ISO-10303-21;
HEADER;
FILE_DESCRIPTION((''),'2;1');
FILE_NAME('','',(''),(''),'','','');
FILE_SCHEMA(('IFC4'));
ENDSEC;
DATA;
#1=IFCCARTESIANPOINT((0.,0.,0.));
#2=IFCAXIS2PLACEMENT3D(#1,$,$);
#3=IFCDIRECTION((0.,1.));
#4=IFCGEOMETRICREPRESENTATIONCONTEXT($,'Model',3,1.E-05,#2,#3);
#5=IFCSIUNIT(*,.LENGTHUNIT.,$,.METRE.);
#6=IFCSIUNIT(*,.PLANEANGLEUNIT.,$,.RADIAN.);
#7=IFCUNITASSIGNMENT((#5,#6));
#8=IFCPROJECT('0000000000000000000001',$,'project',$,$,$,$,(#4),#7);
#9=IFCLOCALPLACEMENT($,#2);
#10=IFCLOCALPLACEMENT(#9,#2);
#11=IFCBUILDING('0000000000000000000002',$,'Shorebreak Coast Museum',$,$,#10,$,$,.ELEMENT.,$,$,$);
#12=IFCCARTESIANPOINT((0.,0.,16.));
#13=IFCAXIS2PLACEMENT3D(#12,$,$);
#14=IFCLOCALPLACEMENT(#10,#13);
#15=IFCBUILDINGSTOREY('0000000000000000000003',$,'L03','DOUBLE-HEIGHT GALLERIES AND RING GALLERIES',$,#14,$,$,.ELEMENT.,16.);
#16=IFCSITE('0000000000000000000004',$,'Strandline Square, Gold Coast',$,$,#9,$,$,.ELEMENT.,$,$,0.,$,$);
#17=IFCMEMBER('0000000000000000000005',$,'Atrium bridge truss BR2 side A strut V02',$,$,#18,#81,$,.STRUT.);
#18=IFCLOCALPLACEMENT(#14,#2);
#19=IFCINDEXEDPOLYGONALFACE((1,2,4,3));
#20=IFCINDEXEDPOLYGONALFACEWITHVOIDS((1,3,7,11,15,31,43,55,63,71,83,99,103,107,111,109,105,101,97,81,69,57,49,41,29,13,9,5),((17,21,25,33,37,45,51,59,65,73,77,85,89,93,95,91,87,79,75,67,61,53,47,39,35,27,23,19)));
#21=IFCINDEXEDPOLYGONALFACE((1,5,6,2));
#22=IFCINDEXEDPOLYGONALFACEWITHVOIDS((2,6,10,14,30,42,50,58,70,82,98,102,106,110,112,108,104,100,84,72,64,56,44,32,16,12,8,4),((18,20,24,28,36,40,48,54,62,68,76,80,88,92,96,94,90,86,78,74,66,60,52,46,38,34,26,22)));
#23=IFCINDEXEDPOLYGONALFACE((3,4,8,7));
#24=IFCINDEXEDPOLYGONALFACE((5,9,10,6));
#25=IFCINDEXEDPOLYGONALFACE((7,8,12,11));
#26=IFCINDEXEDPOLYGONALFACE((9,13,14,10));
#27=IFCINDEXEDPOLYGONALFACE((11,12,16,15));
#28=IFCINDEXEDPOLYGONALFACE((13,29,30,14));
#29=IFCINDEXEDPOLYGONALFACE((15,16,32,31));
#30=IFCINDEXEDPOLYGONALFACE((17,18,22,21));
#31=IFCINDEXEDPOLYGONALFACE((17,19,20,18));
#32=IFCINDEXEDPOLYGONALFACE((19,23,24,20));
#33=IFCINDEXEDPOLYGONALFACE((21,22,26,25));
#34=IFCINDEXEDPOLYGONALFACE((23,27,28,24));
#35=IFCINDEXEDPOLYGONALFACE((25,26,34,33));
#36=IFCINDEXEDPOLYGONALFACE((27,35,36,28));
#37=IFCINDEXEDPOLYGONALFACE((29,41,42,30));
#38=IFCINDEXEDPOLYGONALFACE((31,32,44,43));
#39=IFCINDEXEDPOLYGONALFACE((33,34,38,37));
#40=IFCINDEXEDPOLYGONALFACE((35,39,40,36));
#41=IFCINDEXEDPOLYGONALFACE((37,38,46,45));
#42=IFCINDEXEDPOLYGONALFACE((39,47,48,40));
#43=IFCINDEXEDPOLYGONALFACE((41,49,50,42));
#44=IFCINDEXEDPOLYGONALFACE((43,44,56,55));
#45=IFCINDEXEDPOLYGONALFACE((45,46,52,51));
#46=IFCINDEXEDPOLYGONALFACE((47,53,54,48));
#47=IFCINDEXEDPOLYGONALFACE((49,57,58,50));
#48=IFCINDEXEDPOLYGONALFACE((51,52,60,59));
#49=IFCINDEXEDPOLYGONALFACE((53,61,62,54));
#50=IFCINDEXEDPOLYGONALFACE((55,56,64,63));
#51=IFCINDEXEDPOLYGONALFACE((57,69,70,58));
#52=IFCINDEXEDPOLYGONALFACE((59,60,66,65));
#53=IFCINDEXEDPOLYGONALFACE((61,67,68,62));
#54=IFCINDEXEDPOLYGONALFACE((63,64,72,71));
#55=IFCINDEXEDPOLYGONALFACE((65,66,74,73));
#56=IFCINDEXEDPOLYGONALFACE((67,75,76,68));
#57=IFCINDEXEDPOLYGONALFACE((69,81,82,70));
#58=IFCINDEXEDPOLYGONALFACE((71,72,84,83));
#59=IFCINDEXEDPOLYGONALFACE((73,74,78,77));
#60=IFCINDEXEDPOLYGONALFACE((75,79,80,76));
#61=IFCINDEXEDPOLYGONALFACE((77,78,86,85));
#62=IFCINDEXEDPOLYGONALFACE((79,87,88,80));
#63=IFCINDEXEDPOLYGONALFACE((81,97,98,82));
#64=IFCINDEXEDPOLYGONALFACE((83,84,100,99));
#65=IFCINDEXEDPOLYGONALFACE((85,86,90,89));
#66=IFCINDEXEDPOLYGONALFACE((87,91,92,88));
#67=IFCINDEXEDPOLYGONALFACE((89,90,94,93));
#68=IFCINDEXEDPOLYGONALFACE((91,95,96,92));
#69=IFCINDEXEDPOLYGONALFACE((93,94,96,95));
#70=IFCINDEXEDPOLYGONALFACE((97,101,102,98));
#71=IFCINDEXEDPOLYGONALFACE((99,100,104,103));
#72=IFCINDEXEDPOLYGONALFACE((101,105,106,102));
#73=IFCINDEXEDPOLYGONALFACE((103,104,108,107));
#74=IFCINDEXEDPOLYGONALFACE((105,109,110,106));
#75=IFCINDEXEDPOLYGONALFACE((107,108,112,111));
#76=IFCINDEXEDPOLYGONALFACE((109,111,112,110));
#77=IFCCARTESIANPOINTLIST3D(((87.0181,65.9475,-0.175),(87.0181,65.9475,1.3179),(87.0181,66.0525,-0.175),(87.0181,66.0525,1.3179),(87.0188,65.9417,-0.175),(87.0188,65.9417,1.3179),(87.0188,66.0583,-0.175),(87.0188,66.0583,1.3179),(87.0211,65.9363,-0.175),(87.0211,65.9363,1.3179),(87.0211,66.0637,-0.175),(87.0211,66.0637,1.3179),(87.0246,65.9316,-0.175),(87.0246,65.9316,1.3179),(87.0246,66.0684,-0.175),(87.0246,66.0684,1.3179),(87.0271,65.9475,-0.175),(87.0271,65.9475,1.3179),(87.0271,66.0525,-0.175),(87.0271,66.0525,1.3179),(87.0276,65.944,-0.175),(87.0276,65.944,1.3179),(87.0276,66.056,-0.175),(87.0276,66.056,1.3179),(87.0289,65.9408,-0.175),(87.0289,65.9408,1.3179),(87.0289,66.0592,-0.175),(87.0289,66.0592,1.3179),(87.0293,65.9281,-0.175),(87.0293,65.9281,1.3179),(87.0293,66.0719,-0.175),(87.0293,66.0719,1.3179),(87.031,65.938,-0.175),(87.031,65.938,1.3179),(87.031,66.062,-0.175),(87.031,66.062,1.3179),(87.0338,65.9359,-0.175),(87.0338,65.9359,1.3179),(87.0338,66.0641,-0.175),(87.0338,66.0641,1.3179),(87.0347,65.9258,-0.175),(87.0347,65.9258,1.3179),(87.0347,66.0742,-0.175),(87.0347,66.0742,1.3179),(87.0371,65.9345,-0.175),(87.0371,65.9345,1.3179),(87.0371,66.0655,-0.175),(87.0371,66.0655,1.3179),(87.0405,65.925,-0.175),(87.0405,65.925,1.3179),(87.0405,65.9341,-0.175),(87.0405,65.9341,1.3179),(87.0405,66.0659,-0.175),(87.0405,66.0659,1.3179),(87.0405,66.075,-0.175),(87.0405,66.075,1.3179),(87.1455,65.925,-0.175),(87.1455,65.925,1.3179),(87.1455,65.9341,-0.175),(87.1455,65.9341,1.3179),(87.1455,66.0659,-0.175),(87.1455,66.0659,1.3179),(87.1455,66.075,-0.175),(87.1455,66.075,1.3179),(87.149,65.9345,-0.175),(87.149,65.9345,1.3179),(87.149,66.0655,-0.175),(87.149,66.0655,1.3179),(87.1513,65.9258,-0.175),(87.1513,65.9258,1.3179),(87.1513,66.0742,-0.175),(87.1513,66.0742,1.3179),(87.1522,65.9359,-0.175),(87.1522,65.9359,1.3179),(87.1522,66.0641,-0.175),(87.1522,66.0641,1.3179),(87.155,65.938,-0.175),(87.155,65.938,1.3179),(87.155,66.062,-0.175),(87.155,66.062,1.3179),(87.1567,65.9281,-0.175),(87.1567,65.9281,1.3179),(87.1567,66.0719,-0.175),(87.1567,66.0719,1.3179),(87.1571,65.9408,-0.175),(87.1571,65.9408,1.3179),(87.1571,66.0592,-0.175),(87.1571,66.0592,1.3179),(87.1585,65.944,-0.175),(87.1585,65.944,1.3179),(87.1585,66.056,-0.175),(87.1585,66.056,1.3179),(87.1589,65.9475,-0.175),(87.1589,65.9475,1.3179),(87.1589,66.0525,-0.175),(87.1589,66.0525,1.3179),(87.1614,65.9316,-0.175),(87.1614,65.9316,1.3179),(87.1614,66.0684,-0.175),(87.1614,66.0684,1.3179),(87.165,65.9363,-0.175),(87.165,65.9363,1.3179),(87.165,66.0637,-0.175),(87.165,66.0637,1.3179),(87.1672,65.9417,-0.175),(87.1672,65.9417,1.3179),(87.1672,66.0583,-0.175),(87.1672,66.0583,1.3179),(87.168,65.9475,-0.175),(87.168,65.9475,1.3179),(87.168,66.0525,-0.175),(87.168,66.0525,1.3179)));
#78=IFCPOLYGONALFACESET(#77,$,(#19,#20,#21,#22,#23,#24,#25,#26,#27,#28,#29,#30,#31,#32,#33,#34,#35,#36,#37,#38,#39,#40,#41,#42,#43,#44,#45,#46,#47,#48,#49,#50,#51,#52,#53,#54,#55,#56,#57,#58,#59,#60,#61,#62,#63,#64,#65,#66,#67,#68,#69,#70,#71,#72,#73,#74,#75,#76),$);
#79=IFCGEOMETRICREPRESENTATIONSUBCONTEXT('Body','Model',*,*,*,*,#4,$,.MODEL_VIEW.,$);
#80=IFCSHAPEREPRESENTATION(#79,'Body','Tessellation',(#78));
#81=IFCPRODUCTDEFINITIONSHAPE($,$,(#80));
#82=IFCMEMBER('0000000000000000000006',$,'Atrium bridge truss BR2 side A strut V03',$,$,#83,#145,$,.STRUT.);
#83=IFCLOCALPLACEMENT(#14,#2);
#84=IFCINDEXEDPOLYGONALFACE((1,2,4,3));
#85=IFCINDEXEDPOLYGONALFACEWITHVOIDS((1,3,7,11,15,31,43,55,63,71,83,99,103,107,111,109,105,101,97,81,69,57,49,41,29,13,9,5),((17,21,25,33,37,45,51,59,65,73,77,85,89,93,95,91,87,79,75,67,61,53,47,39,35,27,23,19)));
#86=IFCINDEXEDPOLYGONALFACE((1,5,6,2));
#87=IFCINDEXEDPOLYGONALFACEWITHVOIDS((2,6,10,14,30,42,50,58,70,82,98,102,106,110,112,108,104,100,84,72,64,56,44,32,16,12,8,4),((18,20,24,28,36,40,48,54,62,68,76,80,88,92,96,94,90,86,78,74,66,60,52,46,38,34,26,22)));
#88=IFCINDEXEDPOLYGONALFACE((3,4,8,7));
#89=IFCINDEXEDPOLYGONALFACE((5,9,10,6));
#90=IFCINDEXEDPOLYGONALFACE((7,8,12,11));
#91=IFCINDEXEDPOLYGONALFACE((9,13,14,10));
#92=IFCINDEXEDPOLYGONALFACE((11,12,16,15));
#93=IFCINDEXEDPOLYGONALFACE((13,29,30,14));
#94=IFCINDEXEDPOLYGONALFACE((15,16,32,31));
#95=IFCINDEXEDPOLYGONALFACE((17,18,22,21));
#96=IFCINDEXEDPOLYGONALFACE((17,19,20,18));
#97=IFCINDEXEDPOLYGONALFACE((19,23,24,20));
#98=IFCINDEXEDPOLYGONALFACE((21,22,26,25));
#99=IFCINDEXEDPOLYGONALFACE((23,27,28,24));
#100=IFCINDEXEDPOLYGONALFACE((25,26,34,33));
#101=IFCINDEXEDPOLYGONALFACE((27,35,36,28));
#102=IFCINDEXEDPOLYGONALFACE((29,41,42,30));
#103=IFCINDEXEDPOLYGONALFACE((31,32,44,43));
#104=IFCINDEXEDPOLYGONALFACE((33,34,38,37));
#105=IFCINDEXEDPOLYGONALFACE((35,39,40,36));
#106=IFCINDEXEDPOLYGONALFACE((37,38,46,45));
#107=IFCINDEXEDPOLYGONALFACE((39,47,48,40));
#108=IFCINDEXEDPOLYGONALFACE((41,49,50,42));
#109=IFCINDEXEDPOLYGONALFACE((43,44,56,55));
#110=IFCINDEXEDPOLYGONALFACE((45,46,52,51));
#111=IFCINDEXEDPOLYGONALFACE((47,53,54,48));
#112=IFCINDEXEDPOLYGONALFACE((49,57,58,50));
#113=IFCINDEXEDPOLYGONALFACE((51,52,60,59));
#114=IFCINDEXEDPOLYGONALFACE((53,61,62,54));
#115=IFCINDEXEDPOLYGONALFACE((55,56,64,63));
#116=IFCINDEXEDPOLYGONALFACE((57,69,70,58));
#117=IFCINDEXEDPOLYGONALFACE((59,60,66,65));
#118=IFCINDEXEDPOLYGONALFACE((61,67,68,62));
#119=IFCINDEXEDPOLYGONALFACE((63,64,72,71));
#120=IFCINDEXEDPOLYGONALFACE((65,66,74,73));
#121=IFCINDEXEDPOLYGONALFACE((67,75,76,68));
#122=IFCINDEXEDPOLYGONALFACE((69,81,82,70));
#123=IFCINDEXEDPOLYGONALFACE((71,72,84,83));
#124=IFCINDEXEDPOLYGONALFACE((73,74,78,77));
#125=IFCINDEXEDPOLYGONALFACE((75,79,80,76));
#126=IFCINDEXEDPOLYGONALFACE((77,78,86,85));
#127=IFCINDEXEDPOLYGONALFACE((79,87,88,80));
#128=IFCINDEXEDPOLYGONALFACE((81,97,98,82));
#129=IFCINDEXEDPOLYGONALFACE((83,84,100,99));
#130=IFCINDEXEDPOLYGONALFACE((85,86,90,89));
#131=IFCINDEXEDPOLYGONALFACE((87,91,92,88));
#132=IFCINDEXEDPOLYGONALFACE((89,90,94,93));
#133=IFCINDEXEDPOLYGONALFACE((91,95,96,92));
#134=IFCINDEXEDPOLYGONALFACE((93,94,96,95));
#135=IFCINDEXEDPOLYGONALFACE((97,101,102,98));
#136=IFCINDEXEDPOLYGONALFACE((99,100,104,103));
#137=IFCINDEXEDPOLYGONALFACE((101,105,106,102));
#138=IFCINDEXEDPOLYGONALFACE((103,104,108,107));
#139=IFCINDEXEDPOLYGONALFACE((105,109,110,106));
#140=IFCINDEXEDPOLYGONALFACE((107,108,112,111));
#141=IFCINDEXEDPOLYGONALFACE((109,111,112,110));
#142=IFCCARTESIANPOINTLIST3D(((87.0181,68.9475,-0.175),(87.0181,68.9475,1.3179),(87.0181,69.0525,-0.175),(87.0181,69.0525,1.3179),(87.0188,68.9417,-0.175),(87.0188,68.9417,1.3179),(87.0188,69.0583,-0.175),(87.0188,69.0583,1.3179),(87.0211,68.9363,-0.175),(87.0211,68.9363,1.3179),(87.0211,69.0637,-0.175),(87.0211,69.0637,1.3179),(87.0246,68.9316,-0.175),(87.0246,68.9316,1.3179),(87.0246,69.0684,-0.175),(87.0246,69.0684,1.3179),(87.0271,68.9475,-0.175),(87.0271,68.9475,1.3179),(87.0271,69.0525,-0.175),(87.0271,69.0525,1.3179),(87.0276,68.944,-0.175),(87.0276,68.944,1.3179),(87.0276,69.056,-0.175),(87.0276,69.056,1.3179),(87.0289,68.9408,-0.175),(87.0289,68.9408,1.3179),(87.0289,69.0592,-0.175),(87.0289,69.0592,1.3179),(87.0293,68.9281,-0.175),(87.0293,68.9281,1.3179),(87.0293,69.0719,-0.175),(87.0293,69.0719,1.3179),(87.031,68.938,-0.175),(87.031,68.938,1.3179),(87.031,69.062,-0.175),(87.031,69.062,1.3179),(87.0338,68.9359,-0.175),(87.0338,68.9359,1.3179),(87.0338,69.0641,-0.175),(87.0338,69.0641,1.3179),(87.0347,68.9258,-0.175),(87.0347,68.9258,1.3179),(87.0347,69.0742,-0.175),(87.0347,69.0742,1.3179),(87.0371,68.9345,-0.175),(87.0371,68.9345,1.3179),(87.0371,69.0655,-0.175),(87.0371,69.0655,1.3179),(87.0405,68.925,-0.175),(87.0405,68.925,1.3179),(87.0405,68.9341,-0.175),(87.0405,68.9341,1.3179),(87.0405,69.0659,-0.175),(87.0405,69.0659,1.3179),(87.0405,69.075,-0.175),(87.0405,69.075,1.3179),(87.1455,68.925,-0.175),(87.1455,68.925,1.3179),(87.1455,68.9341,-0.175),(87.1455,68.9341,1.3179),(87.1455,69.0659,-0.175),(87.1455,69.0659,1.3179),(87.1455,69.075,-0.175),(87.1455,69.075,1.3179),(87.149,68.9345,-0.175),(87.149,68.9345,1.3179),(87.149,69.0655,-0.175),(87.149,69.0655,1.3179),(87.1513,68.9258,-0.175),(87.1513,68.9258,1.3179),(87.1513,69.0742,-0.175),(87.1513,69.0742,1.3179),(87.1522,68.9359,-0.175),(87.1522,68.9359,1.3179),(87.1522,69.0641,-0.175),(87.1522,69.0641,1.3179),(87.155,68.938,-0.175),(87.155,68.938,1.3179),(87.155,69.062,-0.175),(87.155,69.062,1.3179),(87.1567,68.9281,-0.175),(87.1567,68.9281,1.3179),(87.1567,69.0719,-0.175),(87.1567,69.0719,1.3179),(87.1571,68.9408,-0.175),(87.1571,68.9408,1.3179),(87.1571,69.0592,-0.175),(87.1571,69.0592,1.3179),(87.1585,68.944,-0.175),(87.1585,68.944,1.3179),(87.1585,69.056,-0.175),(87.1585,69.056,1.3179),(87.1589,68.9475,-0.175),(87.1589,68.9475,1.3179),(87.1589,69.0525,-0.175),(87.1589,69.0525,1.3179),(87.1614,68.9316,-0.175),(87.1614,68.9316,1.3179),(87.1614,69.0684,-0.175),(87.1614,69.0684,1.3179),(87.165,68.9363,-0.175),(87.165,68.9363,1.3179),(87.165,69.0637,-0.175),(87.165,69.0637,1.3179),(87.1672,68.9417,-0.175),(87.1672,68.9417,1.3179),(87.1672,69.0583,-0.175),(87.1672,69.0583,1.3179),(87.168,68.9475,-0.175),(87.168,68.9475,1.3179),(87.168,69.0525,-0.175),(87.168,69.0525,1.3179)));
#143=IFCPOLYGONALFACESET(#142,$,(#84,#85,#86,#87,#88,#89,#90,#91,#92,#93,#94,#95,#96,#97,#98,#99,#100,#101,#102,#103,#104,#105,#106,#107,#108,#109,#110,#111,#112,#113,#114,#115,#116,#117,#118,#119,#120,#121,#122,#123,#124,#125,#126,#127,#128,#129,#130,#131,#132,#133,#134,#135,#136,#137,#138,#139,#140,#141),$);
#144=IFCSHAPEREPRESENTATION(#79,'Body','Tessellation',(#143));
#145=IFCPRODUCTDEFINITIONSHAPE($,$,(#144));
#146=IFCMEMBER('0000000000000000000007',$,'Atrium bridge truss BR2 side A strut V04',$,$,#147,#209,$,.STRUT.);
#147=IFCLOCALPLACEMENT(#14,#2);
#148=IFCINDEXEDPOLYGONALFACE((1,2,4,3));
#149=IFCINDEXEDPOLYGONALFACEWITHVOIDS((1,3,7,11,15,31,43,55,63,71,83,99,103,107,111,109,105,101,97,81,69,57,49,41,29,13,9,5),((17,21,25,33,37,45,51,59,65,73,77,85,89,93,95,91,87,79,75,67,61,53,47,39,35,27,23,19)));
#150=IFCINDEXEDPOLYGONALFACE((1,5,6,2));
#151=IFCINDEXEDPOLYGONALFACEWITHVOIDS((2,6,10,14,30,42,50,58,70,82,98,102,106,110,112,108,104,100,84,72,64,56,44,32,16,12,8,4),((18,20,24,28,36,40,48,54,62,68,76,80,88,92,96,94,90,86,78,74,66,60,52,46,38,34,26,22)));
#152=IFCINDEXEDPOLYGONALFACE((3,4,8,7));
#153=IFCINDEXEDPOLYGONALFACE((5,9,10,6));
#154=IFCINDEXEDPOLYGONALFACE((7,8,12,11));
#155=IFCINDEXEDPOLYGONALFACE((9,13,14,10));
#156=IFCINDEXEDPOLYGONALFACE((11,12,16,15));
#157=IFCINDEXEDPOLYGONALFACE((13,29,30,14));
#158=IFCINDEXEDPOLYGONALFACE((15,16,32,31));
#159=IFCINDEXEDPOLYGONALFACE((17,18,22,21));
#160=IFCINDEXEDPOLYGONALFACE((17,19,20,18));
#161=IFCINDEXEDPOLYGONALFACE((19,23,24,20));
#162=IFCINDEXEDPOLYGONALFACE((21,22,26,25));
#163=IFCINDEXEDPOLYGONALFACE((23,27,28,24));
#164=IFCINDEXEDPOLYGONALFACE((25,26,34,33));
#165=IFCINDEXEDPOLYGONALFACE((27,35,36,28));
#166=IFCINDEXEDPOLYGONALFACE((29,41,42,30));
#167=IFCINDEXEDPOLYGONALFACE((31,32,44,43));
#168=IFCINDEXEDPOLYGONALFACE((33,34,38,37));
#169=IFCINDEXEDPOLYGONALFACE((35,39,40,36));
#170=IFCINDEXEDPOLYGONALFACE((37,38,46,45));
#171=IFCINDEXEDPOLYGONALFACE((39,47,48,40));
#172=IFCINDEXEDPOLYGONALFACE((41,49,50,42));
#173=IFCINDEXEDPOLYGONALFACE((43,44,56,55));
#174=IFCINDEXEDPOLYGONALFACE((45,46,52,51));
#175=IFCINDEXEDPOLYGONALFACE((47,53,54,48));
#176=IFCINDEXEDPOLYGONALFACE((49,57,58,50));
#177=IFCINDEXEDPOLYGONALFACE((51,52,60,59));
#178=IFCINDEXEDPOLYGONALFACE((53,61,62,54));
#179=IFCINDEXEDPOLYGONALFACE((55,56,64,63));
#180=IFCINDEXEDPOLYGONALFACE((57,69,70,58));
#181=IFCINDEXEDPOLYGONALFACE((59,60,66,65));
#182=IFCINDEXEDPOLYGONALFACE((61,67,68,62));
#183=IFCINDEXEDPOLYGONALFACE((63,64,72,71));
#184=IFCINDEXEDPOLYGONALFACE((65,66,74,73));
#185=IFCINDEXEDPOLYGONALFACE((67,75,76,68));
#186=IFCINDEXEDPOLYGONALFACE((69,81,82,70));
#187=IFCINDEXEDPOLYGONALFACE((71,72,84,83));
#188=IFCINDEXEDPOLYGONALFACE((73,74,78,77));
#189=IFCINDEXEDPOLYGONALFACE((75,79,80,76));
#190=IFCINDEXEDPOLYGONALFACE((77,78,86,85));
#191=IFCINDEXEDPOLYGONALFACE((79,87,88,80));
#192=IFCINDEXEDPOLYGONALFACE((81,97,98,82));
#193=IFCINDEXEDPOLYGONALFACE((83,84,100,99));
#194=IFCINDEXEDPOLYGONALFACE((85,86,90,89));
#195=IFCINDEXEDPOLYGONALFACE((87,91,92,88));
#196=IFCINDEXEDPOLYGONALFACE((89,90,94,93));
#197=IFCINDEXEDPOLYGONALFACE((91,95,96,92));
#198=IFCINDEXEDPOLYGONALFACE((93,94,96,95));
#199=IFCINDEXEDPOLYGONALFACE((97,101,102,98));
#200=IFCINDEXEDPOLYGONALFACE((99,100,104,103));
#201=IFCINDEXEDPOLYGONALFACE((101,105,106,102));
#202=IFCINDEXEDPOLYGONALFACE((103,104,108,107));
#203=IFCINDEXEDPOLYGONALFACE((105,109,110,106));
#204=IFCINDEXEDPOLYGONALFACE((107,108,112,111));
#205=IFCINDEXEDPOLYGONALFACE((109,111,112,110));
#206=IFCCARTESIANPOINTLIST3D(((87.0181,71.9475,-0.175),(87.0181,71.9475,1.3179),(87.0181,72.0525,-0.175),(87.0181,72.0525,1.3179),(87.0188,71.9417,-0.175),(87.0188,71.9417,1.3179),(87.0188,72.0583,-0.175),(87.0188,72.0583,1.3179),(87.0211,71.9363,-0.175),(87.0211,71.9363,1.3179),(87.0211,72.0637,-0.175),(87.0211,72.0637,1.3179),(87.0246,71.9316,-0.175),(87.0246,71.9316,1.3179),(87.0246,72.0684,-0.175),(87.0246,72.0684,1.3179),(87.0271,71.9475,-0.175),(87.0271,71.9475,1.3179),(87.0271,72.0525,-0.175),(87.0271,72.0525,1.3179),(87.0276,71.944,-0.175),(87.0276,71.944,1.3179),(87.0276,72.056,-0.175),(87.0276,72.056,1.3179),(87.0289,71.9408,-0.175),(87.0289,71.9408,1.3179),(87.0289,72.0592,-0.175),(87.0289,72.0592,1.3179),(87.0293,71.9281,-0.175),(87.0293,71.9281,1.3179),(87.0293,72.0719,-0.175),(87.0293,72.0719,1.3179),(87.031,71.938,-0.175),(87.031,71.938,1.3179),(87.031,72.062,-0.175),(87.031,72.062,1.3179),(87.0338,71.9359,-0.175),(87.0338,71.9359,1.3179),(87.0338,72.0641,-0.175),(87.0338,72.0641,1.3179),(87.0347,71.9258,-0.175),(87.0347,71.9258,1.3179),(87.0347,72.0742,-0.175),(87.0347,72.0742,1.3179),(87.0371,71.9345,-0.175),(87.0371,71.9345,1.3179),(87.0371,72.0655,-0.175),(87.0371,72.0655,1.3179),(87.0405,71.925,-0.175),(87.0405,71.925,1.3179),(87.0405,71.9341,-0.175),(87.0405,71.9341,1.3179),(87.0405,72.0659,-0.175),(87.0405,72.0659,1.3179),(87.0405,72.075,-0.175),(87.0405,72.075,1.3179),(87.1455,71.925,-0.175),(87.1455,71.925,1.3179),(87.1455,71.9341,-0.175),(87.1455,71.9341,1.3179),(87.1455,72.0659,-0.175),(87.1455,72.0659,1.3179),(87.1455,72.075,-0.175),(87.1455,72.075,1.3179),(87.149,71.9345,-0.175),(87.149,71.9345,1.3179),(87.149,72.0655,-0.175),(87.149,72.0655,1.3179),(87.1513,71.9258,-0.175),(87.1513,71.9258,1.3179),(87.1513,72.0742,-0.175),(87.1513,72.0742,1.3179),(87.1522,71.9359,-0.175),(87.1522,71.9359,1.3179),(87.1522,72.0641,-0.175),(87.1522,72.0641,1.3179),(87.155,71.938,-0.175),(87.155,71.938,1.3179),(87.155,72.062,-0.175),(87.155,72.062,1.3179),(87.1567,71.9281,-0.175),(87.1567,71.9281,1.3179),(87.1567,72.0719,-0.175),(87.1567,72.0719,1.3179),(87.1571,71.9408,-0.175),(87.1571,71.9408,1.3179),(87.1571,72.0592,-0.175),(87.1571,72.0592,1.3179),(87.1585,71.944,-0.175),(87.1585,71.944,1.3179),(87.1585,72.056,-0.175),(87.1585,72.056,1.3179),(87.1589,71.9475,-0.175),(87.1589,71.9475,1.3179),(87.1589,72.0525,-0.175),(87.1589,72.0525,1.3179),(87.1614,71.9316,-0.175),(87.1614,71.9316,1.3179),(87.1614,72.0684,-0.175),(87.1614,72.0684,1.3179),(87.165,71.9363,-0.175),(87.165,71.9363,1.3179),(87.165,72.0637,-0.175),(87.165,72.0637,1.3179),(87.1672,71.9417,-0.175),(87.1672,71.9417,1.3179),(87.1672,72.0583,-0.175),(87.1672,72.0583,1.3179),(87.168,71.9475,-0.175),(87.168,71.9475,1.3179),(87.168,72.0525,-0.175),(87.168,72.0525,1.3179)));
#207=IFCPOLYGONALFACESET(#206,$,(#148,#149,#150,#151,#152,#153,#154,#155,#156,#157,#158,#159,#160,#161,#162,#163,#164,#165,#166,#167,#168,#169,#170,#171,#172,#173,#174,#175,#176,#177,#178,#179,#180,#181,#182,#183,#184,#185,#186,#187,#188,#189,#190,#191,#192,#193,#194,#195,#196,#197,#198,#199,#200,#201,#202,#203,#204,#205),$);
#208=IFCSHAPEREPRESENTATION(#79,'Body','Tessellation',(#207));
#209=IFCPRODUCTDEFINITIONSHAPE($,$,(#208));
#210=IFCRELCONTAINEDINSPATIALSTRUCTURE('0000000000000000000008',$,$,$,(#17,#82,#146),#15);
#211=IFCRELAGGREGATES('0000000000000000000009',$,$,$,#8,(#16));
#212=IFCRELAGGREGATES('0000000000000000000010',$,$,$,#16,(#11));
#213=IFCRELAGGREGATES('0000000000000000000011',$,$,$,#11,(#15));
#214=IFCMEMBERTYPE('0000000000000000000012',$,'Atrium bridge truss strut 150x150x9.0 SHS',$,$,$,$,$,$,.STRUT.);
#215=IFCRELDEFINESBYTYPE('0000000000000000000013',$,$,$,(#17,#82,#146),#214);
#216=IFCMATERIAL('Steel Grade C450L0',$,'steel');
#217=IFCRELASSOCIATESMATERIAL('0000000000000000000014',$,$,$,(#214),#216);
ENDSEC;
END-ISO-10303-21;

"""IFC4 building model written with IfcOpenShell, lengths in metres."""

from ifc_helpers import new_model, si_unit, direction, frame, origin, origin_2d, place, context, subcontext, project, spatial, hollow_rectangle, extrude, material, material_profile, profile_set, type_object, element, save


model = new_model("IFC4")

# Units and contexts
model_context = context("Model", 3, precision=1e-05, world=origin(), true_north=direction((0.0, 1.0)))
body_context = subcontext(model_context, "Body", "Model", "MODEL_VIEW")
ifc_project = project(units=[si_unit("LENGTHUNIT", "METRE"), si_unit("PLANEANGLEUNIT", "RADIAN")], contexts=[model_context])

# Site, building, storey
site_placement = place(None, origin())
site = spatial("IfcSite", under=ifc_project, at=site_placement, Name="Strandline Square, Gold Coast", CompositionType="ELEMENT", RefElevation=0.0)
building_placement = place(site_placement, origin())
building = spatial("IfcBuilding", under=site, at=building_placement, Name="Shorebreak Coast Museum", CompositionType="ELEMENT")
storey_placement = place(building_placement, frame((0.0, 0.0, 16.0)))
storey = spatial("IfcBuildingStorey", under=building, at=storey_placement, Name="L03", Description="DOUBLE-HEIGHT GALLERIES AND RING GALLERIES", CompositionType="ELEMENT", Elevation=16.0)

# Members
ifc_material_1 = material(Name="Steel Grade C450L0", Category="steel")
ifc_material_profile_1 = material_profile(ifc_material_1, hollow_rectangle(XDim=0.1499, YDim=0.1499, WallThickness=0.009, InnerFilletRadius=0.0134, OuterFilletRadius=0.0225, at=origin_2d()), Name="150x150x9.0 SHS")
ifc_profile_set_1 = profile_set([ifc_material_profile_1], Name="Steel Grade C450L0")
member_type_1 = type_object("IfcMemberType", Name="Atrium bridge truss strut 150x150x9.0 SHS", PredefinedType="STRUT", material=ifc_profile_set_1)
for number, where, z_axis, x_axis, name in (
    (1, (87.093, 66.0, -0.175), (0.0, 0.0, 1.0), (1.0, 0.0, 0.0), "Atrium bridge truss BR2 side A strut V02"),
    (2, (87.093, 69.0, -0.175), (0.0, 0.0, 1.0), (1.0, 0.0, 0.0), "Atrium bridge truss BR2 side A strut V03"),
    (3, (87.093, 72.0, -0.175), (0.0, 0.0, 1.0), (1.0, 0.0, 0.0), "Atrium bridge truss BR2 side A strut V04"),
):
    element("IfcMember", number, at=place(storey_placement, frame(where, z_axis=z_axis, x_axis=x_axis)), inside=storey, type_object=member_type_1, Name=name, PredefinedType="STRUT", context=body_context, shape_type="SweptSolid", body=[
        extrude(hollow_rectangle(XDim=0.1499, YDim=0.1499, WallThickness=0.009, InnerFilletRadius=0.0134, OuterFilletRadius=0.0225, at=origin_2d()), origin(), (0.0, 0.0, 1.0), 1.4929),
    ])

save(model, "model.ifc")
